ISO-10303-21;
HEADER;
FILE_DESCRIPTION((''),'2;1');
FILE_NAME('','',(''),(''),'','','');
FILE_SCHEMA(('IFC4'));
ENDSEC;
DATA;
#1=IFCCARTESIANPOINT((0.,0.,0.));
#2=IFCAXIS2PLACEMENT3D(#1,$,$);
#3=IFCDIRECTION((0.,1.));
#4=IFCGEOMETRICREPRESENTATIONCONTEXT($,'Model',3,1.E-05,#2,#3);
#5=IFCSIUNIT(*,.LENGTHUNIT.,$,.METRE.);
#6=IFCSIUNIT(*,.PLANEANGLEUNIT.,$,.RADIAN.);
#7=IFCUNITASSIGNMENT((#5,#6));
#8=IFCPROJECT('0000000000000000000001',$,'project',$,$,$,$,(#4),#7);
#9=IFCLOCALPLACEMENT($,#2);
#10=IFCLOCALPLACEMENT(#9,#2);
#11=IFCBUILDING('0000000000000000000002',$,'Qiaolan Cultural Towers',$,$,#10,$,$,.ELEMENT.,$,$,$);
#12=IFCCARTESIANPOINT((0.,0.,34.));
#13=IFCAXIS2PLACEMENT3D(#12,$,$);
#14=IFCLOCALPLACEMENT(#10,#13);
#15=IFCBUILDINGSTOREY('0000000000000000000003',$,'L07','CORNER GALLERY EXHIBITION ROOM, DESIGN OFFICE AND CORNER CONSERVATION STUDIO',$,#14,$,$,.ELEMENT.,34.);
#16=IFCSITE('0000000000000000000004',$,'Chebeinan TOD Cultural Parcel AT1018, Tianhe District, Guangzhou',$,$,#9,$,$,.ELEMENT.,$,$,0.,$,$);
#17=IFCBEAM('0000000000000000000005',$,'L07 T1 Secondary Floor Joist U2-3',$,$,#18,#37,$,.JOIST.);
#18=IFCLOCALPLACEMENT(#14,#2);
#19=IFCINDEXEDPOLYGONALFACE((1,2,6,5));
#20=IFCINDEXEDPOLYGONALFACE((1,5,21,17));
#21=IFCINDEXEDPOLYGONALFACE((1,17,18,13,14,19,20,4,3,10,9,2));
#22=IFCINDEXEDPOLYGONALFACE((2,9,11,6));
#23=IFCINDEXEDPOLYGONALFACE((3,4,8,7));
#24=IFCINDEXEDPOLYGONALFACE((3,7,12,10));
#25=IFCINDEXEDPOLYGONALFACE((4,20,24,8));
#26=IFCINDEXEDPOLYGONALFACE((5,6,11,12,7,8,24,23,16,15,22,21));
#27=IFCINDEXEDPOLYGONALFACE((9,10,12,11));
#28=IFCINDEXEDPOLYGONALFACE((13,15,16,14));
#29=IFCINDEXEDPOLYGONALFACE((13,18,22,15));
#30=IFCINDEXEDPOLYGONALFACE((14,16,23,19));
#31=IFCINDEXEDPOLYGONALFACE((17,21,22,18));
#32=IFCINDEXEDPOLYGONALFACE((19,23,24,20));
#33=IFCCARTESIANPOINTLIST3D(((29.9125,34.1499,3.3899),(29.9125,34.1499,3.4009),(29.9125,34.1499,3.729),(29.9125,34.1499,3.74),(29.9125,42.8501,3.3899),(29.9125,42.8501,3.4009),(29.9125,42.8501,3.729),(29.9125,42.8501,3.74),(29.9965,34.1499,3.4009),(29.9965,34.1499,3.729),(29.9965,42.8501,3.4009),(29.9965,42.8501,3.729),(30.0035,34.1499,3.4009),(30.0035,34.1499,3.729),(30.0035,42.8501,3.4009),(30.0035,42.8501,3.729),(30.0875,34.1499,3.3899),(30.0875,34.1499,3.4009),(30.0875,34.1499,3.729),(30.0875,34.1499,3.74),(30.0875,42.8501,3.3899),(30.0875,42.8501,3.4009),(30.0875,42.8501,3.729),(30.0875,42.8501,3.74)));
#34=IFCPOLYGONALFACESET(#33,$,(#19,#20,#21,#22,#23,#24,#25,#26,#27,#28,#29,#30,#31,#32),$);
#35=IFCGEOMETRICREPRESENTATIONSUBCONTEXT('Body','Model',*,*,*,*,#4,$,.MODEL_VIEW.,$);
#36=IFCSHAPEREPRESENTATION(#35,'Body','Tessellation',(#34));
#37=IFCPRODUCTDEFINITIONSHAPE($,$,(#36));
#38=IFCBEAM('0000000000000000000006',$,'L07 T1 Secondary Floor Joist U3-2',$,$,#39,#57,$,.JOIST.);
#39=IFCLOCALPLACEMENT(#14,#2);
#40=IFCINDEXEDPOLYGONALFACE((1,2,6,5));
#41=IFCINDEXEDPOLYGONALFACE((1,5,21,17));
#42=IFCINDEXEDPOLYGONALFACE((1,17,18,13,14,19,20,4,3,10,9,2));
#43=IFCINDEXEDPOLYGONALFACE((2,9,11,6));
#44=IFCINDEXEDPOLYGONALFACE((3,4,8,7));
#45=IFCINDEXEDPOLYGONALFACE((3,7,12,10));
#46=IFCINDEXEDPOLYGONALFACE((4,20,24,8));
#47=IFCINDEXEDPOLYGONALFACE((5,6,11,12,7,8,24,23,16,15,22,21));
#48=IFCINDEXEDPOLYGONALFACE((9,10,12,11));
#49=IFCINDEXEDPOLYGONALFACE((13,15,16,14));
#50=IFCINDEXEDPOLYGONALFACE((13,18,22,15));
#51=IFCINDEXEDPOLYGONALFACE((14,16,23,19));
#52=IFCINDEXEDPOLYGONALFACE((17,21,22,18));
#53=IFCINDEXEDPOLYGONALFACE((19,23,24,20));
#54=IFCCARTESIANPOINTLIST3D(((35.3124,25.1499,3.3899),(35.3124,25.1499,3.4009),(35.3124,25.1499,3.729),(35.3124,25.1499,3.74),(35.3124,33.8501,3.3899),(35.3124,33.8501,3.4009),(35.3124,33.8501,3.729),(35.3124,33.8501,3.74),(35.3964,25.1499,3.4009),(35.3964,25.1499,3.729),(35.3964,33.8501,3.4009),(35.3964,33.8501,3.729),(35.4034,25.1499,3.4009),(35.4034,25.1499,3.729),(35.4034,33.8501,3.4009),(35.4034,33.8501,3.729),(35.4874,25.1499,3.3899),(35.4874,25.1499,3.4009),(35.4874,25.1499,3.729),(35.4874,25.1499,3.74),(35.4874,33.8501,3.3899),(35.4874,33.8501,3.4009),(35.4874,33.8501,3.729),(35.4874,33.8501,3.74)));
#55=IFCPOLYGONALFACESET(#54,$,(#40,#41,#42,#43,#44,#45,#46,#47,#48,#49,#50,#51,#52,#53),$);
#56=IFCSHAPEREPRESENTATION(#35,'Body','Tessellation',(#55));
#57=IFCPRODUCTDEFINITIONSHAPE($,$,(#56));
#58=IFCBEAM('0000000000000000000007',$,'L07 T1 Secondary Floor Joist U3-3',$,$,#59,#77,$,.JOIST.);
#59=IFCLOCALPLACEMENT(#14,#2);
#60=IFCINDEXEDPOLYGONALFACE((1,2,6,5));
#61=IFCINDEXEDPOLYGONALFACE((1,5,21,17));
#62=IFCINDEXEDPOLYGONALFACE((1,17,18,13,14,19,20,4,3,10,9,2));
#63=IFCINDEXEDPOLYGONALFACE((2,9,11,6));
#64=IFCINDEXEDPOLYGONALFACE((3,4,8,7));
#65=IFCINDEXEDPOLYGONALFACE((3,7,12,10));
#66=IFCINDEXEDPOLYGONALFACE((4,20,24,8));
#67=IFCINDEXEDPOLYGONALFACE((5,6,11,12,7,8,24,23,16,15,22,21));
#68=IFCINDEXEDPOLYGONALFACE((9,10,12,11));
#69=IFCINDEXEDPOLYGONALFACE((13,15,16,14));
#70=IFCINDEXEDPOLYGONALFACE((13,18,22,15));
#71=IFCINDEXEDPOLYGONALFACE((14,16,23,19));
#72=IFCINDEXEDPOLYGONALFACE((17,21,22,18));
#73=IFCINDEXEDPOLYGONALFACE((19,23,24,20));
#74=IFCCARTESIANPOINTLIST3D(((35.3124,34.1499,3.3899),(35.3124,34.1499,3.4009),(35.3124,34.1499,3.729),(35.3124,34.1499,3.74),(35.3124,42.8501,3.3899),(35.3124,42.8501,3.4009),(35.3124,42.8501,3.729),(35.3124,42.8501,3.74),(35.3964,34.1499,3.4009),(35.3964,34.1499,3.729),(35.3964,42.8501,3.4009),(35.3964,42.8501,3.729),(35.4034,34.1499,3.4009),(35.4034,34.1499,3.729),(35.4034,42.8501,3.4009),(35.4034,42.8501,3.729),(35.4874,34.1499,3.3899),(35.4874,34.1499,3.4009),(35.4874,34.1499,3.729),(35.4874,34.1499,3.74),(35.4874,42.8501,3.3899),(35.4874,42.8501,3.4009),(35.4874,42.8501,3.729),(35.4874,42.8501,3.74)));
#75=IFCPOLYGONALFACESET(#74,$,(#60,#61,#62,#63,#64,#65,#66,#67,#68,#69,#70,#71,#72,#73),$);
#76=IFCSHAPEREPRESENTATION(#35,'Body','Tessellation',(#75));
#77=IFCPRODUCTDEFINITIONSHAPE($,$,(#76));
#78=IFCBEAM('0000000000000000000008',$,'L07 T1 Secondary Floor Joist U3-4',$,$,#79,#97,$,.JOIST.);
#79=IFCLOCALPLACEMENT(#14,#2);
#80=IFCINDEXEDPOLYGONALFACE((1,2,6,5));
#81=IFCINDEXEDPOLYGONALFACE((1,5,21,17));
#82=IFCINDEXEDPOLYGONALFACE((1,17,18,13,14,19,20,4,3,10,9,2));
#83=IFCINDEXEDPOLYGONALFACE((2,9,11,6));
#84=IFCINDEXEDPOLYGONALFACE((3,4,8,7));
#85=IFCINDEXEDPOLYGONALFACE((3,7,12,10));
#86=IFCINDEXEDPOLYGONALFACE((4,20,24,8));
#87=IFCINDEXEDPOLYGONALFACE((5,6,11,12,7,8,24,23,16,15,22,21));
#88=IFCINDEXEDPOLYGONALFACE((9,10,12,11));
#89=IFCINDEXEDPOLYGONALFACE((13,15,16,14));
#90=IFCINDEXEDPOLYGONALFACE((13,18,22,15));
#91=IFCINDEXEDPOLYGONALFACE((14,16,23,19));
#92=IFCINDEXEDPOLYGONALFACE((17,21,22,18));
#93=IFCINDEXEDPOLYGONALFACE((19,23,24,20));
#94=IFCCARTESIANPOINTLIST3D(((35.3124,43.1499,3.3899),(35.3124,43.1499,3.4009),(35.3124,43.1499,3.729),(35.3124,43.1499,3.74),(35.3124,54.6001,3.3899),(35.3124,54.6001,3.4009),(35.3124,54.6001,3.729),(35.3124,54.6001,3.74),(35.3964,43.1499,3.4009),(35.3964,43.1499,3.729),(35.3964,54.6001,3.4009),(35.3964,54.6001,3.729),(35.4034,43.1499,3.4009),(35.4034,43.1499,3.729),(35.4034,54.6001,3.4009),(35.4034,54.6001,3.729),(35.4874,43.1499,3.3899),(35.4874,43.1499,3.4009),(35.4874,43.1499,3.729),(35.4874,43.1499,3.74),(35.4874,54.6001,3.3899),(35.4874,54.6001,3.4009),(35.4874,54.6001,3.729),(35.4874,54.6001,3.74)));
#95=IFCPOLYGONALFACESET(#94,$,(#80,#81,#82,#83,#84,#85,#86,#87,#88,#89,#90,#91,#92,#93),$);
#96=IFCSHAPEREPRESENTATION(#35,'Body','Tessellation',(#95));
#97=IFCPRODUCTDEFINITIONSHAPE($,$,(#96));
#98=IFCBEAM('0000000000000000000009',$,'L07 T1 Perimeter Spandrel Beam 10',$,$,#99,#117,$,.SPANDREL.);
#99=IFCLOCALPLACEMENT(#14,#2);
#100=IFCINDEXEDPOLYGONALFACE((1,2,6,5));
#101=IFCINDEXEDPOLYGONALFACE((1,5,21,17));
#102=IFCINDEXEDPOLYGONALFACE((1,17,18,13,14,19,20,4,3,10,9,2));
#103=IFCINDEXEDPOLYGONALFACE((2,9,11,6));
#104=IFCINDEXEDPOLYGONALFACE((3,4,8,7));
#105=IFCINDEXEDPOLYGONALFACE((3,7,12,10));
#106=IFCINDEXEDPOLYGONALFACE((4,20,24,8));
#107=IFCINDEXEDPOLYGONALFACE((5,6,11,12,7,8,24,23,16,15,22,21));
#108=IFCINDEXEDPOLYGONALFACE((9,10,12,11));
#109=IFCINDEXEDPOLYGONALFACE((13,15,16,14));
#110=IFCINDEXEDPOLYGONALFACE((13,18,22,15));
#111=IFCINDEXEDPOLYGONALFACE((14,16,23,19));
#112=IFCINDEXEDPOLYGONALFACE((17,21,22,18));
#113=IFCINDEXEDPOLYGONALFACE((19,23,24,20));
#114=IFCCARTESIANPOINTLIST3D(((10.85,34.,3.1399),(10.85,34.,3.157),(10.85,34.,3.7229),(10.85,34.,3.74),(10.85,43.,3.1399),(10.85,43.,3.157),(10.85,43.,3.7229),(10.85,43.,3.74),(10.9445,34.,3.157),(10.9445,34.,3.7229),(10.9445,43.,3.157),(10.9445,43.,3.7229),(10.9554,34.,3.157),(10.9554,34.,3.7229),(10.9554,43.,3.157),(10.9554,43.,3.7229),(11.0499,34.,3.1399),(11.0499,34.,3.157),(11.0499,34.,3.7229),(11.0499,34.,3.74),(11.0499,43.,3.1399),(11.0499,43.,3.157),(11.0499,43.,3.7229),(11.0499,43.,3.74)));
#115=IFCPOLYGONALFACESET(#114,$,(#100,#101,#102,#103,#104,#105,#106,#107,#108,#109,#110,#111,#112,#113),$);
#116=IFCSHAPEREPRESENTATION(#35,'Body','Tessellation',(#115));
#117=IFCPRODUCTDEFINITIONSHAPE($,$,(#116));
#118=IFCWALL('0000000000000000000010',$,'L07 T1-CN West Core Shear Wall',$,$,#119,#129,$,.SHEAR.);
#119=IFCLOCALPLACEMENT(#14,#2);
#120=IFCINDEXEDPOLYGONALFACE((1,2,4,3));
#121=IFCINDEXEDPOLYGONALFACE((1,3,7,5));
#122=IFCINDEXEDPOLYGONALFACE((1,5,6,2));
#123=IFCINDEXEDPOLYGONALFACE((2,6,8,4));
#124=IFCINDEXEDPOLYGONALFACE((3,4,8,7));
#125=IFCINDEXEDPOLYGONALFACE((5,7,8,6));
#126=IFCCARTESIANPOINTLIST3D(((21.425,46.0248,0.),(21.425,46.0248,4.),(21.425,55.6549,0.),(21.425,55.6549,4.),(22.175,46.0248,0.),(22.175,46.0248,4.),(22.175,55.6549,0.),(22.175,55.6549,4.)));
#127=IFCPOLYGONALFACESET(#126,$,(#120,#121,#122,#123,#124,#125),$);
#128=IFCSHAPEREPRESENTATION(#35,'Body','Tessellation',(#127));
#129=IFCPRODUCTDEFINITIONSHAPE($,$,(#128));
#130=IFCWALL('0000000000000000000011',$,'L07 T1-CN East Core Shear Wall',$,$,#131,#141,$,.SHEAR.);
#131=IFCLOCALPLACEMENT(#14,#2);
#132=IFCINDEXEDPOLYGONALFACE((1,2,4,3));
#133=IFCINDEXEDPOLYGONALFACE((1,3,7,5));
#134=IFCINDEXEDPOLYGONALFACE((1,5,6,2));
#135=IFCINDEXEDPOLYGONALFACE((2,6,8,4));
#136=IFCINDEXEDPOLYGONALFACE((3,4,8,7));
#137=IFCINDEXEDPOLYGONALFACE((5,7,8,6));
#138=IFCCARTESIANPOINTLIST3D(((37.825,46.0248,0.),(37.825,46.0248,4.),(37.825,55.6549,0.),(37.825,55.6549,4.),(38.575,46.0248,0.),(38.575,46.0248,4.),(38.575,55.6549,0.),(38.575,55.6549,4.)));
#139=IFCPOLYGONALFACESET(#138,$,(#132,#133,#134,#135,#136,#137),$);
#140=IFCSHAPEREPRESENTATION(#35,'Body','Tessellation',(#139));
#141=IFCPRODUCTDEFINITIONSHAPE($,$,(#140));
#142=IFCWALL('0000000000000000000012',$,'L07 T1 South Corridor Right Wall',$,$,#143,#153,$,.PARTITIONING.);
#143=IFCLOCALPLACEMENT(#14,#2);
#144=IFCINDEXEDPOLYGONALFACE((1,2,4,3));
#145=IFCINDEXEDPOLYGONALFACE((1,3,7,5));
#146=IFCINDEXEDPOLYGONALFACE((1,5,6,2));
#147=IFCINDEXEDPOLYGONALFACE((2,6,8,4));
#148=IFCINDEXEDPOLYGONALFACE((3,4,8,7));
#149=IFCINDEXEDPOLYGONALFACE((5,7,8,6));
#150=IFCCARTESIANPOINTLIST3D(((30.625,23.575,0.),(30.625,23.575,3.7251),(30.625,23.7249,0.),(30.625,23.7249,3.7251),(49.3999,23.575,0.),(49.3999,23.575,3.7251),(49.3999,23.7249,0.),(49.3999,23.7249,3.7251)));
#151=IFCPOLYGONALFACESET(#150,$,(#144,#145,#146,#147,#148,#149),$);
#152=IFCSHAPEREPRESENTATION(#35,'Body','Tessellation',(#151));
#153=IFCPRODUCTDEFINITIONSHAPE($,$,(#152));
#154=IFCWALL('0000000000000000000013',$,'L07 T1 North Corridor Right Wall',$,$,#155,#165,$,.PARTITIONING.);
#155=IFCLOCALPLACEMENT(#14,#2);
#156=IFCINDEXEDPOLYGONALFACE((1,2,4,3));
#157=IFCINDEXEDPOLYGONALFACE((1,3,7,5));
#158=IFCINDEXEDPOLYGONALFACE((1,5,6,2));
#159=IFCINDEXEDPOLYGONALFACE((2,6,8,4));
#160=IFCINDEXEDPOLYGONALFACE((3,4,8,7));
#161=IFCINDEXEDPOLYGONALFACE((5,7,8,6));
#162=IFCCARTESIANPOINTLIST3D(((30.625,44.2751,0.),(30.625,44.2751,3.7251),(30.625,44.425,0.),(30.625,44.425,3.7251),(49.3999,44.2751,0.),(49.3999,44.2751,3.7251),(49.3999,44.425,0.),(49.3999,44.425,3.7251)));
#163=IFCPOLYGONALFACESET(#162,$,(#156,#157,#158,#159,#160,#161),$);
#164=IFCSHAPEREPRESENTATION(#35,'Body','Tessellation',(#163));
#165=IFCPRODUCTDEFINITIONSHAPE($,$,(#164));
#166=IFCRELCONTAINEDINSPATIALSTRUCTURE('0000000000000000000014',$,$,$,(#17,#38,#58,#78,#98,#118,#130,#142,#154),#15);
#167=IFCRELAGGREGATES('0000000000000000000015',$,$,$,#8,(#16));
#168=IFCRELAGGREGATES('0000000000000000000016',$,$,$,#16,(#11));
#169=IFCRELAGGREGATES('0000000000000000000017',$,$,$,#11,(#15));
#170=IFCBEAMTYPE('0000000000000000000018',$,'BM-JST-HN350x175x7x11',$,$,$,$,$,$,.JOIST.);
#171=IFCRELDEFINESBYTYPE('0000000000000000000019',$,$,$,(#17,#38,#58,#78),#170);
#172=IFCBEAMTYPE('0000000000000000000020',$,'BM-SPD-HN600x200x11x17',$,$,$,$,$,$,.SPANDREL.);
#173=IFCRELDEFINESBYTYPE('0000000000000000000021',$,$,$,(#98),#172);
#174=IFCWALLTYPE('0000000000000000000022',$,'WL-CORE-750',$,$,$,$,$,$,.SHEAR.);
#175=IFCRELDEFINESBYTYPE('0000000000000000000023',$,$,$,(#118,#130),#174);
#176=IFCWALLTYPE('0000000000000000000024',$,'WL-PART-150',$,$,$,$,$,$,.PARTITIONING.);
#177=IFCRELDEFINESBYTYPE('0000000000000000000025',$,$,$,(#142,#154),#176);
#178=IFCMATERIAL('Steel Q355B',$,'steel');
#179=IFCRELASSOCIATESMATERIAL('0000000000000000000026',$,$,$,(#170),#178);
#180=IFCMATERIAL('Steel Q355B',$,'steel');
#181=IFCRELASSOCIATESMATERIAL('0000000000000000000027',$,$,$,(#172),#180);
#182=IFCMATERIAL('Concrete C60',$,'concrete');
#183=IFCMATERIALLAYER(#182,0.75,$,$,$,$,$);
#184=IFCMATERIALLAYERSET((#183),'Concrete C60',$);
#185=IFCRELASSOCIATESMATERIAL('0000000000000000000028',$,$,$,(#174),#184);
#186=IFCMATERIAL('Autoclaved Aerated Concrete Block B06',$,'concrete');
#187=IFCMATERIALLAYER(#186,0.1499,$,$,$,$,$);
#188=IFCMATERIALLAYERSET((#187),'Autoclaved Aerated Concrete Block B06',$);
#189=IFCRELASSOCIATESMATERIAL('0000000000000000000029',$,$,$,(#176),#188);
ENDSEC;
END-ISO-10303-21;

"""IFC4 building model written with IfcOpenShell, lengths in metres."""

from ifc_helpers import new_model, si_unit, direction, frame, frame_2d, origin, origin_2d, place, context, subcontext, project, spatial, rectangle, i_section, extrude, material, layer, layer_set, material_profile, profile_set, type_object, element, save


model = new_model("IFC4")

# Units and contexts
model_context = context("Model", 3, precision=1e-05, world=origin(), true_north=direction((0.0, 1.0)))
body_context = subcontext(model_context, "Body", "Model", "MODEL_VIEW")
ifc_project = project(units=[si_unit("LENGTHUNIT", "METRE"), si_unit("PLANEANGLEUNIT", "RADIAN")], contexts=[model_context])

# Site, building, storey
site_placement = place(None, origin())
site = spatial("IfcSite", under=ifc_project, at=site_placement, Name="Chebeinan TOD Cultural Parcel AT1018, Tianhe District, Guangzhou", CompositionType="ELEMENT", RefElevation=0.0)
building_placement = place(site_placement, origin())
building = spatial("IfcBuilding", under=site, at=building_placement, Name="Qiaolan Cultural Towers", CompositionType="ELEMENT")
storey_placement = place(building_placement, frame((0.0, 0.0, 34.0)))
storey = spatial("IfcBuildingStorey", under=building, at=storey_placement, Name="L07", Description="CORNER GALLERY EXHIBITION ROOM, DESIGN OFFICE AND CORNER CONSERVATION STUDIO", CompositionType="ELEMENT", Elevation=34.0)

# Beams
ifc_material_1 = material(Name="Steel Q355B", Category="steel")
ifc_material_profile_1 = material_profile(ifc_material_1, i_section(OverallWidth=0.175, OverallDepth=0.3501, WebThickness=0.0071, FlangeThickness=0.011, at=origin_2d()), Name="HN350x175x7x11")
ifc_profile_set_1 = profile_set([ifc_material_profile_1], Name="Steel Q355B")
beam_type_1 = type_object("IfcBeamType", Name="BM-JST-HN350x175x7x11", PredefinedType="JOIST", material=ifc_profile_set_1)
for number, where, z_axis, x_axis, name in (
    (1, (30.0, 34.1499, 3.5649), (0.0, 1.0, 0.0), (-1.0, 0.0, 0.0), "L07 T1 Secondary Floor Joist U2-3"),
    (2, (35.3999, 25.1499, 3.5649), (0.0, 1.0, 0.0), (-1.0, 0.0, 0.0), "L07 T1 Secondary Floor Joist U3-2"),
    (3, (35.3999, 34.1499, 3.5649), (0.0, 1.0, 0.0), (-1.0, 0.0, 0.0), "L07 T1 Secondary Floor Joist U3-3"),
):
    element("IfcBeam", number, at=place(storey_placement, frame(where, z_axis=z_axis, x_axis=x_axis)), inside=storey, type_object=beam_type_1, Name=name, PredefinedType="JOIST", context=body_context, shape_type="SweptSolid", body=[
        extrude(i_section(OverallWidth=0.175, OverallDepth=0.3501, WebThickness=0.0071, FlangeThickness=0.011, at=origin_2d()), origin(), (0.0, 0.0, 1.0), 8.7002),
    ])
beam_1_placement = place(storey_placement, frame((35.3999, 43.1499, 3.5649), z_axis=(0.0, 1.0, 0.0), x_axis=(-1.0, 0.0, 0.0)))
element("IfcBeam", 4, at=beam_1_placement, inside=storey, type_object=beam_type_1, Name="L07 T1 Secondary Floor Joist U3-4", PredefinedType="JOIST", context=body_context, shape_type="SweptSolid", body=[
    extrude(i_section(OverallWidth=0.175, OverallDepth=0.3501, WebThickness=0.0071, FlangeThickness=0.011, at=origin_2d()), origin(), (0.0, 0.0, 1.0), 11.4502),
])
ifc_material_2 = material(Name="Steel Q355B", Category="steel")
ifc_material_profile_2 = material_profile(ifc_material_2, i_section(OverallWidth=0.2, OverallDepth=0.6001, WebThickness=0.011, FlangeThickness=0.0171, at=origin_2d()), Name="HN600x200x11x17")
ifc_profile_set_2 = profile_set([ifc_material_profile_2], Name="Steel Q355B")
beam_type_2 = type_object("IfcBeamType", Name="BM-SPD-HN600x200x11x17", PredefinedType="SPANDREL", material=ifc_profile_set_2)
beam_2_placement = place(storey_placement, frame((10.95, 43.0, 3.4399), z_axis=(0.0, -1.0, 0.0), x_axis=(1.0, 0.0, 0.0)))
element("IfcBeam", 5, at=beam_2_placement, inside=storey, type_object=beam_type_2, Name="L07 T1 Perimeter Spandrel Beam 10", PredefinedType="SPANDREL", context=body_context, shape_type="SweptSolid", body=[
    extrude(i_section(OverallWidth=0.2, OverallDepth=0.6001, WebThickness=0.011, FlangeThickness=0.0171, at=origin_2d()), origin(), (0.0, 0.0, 1.0), 9.0),
])

# Walls
ifc_material_3 = material(Name="Concrete C60", Category="concrete")
ifc_layer_1 = layer(ifc_material_3, 0.75)
ifc_layer_set_1 = layer_set([ifc_layer_1], Name="Concrete C60")
wall_type_1 = type_object("IfcWallType", Name="WL-CORE-750", PredefinedType="SHEAR", material=ifc_layer_set_1)
for number, where, z_axis, x_axis, name in (
    (6, (21.8, 46.0249, 0.0), (0.0, 0.0, 1.0), (0.0, 1.0, 0.0), "L07 T1-CN West Core Shear Wall"),
    (7, (38.2, 46.0249, 0.0), (0.0, 0.0, 1.0), (0.0, 1.0, 0.0), "L07 T1-CN East Core Shear Wall"),
):
    element("IfcWall", number, at=place(storey_placement, frame(where, z_axis=z_axis, x_axis=x_axis)), inside=storey, type_object=wall_type_1, Name=name, PredefinedType="SHEAR", context=body_context, shape_type="SweptSolid", body=[
        extrude(rectangle(XDim=9.6301, YDim=0.75, at=frame_2d((4.8149, 0.0))), origin(), (0.0, 0.0, 1.0), 4.0),
    ])
ifc_material_4 = material(Name="Autoclaved Aerated Concrete Block B06", Category="concrete")
ifc_layer_2 = layer(ifc_material_4, 0.1499)
ifc_layer_set_2 = layer_set([ifc_layer_2], Name="Autoclaved Aerated Concrete Block B06")
wall_type_2 = type_object("IfcWallType", Name="WL-PART-150", PredefinedType="PARTITIONING", material=ifc_layer_set_2)
for number, where, z_axis, x_axis, name in (
    (8, (30.625, 23.6499, 0.0), (0.0, 0.0, 1.0), (1.0, 0.0, 0.0), "L07 T1 South Corridor Right Wall"),
    (9, (30.625, 44.3501, 0.0), (0.0, 0.0, 1.0), (1.0, 0.0, 0.0), "L07 T1 North Corridor Right Wall"),
):
    element("IfcWall", number, at=place(storey_placement, frame(where, z_axis=z_axis, x_axis=x_axis)), inside=storey, type_object=wall_type_2, Name=name, PredefinedType="PARTITIONING", context=body_context, shape_type="SweptSolid", body=[
        extrude(rectangle(XDim=18.7749, YDim=0.1499, at=frame_2d((9.3875, 0.0))), origin(), (0.0, 0.0, 1.0), 3.7251),
    ])

save(model, "model.ifc")
